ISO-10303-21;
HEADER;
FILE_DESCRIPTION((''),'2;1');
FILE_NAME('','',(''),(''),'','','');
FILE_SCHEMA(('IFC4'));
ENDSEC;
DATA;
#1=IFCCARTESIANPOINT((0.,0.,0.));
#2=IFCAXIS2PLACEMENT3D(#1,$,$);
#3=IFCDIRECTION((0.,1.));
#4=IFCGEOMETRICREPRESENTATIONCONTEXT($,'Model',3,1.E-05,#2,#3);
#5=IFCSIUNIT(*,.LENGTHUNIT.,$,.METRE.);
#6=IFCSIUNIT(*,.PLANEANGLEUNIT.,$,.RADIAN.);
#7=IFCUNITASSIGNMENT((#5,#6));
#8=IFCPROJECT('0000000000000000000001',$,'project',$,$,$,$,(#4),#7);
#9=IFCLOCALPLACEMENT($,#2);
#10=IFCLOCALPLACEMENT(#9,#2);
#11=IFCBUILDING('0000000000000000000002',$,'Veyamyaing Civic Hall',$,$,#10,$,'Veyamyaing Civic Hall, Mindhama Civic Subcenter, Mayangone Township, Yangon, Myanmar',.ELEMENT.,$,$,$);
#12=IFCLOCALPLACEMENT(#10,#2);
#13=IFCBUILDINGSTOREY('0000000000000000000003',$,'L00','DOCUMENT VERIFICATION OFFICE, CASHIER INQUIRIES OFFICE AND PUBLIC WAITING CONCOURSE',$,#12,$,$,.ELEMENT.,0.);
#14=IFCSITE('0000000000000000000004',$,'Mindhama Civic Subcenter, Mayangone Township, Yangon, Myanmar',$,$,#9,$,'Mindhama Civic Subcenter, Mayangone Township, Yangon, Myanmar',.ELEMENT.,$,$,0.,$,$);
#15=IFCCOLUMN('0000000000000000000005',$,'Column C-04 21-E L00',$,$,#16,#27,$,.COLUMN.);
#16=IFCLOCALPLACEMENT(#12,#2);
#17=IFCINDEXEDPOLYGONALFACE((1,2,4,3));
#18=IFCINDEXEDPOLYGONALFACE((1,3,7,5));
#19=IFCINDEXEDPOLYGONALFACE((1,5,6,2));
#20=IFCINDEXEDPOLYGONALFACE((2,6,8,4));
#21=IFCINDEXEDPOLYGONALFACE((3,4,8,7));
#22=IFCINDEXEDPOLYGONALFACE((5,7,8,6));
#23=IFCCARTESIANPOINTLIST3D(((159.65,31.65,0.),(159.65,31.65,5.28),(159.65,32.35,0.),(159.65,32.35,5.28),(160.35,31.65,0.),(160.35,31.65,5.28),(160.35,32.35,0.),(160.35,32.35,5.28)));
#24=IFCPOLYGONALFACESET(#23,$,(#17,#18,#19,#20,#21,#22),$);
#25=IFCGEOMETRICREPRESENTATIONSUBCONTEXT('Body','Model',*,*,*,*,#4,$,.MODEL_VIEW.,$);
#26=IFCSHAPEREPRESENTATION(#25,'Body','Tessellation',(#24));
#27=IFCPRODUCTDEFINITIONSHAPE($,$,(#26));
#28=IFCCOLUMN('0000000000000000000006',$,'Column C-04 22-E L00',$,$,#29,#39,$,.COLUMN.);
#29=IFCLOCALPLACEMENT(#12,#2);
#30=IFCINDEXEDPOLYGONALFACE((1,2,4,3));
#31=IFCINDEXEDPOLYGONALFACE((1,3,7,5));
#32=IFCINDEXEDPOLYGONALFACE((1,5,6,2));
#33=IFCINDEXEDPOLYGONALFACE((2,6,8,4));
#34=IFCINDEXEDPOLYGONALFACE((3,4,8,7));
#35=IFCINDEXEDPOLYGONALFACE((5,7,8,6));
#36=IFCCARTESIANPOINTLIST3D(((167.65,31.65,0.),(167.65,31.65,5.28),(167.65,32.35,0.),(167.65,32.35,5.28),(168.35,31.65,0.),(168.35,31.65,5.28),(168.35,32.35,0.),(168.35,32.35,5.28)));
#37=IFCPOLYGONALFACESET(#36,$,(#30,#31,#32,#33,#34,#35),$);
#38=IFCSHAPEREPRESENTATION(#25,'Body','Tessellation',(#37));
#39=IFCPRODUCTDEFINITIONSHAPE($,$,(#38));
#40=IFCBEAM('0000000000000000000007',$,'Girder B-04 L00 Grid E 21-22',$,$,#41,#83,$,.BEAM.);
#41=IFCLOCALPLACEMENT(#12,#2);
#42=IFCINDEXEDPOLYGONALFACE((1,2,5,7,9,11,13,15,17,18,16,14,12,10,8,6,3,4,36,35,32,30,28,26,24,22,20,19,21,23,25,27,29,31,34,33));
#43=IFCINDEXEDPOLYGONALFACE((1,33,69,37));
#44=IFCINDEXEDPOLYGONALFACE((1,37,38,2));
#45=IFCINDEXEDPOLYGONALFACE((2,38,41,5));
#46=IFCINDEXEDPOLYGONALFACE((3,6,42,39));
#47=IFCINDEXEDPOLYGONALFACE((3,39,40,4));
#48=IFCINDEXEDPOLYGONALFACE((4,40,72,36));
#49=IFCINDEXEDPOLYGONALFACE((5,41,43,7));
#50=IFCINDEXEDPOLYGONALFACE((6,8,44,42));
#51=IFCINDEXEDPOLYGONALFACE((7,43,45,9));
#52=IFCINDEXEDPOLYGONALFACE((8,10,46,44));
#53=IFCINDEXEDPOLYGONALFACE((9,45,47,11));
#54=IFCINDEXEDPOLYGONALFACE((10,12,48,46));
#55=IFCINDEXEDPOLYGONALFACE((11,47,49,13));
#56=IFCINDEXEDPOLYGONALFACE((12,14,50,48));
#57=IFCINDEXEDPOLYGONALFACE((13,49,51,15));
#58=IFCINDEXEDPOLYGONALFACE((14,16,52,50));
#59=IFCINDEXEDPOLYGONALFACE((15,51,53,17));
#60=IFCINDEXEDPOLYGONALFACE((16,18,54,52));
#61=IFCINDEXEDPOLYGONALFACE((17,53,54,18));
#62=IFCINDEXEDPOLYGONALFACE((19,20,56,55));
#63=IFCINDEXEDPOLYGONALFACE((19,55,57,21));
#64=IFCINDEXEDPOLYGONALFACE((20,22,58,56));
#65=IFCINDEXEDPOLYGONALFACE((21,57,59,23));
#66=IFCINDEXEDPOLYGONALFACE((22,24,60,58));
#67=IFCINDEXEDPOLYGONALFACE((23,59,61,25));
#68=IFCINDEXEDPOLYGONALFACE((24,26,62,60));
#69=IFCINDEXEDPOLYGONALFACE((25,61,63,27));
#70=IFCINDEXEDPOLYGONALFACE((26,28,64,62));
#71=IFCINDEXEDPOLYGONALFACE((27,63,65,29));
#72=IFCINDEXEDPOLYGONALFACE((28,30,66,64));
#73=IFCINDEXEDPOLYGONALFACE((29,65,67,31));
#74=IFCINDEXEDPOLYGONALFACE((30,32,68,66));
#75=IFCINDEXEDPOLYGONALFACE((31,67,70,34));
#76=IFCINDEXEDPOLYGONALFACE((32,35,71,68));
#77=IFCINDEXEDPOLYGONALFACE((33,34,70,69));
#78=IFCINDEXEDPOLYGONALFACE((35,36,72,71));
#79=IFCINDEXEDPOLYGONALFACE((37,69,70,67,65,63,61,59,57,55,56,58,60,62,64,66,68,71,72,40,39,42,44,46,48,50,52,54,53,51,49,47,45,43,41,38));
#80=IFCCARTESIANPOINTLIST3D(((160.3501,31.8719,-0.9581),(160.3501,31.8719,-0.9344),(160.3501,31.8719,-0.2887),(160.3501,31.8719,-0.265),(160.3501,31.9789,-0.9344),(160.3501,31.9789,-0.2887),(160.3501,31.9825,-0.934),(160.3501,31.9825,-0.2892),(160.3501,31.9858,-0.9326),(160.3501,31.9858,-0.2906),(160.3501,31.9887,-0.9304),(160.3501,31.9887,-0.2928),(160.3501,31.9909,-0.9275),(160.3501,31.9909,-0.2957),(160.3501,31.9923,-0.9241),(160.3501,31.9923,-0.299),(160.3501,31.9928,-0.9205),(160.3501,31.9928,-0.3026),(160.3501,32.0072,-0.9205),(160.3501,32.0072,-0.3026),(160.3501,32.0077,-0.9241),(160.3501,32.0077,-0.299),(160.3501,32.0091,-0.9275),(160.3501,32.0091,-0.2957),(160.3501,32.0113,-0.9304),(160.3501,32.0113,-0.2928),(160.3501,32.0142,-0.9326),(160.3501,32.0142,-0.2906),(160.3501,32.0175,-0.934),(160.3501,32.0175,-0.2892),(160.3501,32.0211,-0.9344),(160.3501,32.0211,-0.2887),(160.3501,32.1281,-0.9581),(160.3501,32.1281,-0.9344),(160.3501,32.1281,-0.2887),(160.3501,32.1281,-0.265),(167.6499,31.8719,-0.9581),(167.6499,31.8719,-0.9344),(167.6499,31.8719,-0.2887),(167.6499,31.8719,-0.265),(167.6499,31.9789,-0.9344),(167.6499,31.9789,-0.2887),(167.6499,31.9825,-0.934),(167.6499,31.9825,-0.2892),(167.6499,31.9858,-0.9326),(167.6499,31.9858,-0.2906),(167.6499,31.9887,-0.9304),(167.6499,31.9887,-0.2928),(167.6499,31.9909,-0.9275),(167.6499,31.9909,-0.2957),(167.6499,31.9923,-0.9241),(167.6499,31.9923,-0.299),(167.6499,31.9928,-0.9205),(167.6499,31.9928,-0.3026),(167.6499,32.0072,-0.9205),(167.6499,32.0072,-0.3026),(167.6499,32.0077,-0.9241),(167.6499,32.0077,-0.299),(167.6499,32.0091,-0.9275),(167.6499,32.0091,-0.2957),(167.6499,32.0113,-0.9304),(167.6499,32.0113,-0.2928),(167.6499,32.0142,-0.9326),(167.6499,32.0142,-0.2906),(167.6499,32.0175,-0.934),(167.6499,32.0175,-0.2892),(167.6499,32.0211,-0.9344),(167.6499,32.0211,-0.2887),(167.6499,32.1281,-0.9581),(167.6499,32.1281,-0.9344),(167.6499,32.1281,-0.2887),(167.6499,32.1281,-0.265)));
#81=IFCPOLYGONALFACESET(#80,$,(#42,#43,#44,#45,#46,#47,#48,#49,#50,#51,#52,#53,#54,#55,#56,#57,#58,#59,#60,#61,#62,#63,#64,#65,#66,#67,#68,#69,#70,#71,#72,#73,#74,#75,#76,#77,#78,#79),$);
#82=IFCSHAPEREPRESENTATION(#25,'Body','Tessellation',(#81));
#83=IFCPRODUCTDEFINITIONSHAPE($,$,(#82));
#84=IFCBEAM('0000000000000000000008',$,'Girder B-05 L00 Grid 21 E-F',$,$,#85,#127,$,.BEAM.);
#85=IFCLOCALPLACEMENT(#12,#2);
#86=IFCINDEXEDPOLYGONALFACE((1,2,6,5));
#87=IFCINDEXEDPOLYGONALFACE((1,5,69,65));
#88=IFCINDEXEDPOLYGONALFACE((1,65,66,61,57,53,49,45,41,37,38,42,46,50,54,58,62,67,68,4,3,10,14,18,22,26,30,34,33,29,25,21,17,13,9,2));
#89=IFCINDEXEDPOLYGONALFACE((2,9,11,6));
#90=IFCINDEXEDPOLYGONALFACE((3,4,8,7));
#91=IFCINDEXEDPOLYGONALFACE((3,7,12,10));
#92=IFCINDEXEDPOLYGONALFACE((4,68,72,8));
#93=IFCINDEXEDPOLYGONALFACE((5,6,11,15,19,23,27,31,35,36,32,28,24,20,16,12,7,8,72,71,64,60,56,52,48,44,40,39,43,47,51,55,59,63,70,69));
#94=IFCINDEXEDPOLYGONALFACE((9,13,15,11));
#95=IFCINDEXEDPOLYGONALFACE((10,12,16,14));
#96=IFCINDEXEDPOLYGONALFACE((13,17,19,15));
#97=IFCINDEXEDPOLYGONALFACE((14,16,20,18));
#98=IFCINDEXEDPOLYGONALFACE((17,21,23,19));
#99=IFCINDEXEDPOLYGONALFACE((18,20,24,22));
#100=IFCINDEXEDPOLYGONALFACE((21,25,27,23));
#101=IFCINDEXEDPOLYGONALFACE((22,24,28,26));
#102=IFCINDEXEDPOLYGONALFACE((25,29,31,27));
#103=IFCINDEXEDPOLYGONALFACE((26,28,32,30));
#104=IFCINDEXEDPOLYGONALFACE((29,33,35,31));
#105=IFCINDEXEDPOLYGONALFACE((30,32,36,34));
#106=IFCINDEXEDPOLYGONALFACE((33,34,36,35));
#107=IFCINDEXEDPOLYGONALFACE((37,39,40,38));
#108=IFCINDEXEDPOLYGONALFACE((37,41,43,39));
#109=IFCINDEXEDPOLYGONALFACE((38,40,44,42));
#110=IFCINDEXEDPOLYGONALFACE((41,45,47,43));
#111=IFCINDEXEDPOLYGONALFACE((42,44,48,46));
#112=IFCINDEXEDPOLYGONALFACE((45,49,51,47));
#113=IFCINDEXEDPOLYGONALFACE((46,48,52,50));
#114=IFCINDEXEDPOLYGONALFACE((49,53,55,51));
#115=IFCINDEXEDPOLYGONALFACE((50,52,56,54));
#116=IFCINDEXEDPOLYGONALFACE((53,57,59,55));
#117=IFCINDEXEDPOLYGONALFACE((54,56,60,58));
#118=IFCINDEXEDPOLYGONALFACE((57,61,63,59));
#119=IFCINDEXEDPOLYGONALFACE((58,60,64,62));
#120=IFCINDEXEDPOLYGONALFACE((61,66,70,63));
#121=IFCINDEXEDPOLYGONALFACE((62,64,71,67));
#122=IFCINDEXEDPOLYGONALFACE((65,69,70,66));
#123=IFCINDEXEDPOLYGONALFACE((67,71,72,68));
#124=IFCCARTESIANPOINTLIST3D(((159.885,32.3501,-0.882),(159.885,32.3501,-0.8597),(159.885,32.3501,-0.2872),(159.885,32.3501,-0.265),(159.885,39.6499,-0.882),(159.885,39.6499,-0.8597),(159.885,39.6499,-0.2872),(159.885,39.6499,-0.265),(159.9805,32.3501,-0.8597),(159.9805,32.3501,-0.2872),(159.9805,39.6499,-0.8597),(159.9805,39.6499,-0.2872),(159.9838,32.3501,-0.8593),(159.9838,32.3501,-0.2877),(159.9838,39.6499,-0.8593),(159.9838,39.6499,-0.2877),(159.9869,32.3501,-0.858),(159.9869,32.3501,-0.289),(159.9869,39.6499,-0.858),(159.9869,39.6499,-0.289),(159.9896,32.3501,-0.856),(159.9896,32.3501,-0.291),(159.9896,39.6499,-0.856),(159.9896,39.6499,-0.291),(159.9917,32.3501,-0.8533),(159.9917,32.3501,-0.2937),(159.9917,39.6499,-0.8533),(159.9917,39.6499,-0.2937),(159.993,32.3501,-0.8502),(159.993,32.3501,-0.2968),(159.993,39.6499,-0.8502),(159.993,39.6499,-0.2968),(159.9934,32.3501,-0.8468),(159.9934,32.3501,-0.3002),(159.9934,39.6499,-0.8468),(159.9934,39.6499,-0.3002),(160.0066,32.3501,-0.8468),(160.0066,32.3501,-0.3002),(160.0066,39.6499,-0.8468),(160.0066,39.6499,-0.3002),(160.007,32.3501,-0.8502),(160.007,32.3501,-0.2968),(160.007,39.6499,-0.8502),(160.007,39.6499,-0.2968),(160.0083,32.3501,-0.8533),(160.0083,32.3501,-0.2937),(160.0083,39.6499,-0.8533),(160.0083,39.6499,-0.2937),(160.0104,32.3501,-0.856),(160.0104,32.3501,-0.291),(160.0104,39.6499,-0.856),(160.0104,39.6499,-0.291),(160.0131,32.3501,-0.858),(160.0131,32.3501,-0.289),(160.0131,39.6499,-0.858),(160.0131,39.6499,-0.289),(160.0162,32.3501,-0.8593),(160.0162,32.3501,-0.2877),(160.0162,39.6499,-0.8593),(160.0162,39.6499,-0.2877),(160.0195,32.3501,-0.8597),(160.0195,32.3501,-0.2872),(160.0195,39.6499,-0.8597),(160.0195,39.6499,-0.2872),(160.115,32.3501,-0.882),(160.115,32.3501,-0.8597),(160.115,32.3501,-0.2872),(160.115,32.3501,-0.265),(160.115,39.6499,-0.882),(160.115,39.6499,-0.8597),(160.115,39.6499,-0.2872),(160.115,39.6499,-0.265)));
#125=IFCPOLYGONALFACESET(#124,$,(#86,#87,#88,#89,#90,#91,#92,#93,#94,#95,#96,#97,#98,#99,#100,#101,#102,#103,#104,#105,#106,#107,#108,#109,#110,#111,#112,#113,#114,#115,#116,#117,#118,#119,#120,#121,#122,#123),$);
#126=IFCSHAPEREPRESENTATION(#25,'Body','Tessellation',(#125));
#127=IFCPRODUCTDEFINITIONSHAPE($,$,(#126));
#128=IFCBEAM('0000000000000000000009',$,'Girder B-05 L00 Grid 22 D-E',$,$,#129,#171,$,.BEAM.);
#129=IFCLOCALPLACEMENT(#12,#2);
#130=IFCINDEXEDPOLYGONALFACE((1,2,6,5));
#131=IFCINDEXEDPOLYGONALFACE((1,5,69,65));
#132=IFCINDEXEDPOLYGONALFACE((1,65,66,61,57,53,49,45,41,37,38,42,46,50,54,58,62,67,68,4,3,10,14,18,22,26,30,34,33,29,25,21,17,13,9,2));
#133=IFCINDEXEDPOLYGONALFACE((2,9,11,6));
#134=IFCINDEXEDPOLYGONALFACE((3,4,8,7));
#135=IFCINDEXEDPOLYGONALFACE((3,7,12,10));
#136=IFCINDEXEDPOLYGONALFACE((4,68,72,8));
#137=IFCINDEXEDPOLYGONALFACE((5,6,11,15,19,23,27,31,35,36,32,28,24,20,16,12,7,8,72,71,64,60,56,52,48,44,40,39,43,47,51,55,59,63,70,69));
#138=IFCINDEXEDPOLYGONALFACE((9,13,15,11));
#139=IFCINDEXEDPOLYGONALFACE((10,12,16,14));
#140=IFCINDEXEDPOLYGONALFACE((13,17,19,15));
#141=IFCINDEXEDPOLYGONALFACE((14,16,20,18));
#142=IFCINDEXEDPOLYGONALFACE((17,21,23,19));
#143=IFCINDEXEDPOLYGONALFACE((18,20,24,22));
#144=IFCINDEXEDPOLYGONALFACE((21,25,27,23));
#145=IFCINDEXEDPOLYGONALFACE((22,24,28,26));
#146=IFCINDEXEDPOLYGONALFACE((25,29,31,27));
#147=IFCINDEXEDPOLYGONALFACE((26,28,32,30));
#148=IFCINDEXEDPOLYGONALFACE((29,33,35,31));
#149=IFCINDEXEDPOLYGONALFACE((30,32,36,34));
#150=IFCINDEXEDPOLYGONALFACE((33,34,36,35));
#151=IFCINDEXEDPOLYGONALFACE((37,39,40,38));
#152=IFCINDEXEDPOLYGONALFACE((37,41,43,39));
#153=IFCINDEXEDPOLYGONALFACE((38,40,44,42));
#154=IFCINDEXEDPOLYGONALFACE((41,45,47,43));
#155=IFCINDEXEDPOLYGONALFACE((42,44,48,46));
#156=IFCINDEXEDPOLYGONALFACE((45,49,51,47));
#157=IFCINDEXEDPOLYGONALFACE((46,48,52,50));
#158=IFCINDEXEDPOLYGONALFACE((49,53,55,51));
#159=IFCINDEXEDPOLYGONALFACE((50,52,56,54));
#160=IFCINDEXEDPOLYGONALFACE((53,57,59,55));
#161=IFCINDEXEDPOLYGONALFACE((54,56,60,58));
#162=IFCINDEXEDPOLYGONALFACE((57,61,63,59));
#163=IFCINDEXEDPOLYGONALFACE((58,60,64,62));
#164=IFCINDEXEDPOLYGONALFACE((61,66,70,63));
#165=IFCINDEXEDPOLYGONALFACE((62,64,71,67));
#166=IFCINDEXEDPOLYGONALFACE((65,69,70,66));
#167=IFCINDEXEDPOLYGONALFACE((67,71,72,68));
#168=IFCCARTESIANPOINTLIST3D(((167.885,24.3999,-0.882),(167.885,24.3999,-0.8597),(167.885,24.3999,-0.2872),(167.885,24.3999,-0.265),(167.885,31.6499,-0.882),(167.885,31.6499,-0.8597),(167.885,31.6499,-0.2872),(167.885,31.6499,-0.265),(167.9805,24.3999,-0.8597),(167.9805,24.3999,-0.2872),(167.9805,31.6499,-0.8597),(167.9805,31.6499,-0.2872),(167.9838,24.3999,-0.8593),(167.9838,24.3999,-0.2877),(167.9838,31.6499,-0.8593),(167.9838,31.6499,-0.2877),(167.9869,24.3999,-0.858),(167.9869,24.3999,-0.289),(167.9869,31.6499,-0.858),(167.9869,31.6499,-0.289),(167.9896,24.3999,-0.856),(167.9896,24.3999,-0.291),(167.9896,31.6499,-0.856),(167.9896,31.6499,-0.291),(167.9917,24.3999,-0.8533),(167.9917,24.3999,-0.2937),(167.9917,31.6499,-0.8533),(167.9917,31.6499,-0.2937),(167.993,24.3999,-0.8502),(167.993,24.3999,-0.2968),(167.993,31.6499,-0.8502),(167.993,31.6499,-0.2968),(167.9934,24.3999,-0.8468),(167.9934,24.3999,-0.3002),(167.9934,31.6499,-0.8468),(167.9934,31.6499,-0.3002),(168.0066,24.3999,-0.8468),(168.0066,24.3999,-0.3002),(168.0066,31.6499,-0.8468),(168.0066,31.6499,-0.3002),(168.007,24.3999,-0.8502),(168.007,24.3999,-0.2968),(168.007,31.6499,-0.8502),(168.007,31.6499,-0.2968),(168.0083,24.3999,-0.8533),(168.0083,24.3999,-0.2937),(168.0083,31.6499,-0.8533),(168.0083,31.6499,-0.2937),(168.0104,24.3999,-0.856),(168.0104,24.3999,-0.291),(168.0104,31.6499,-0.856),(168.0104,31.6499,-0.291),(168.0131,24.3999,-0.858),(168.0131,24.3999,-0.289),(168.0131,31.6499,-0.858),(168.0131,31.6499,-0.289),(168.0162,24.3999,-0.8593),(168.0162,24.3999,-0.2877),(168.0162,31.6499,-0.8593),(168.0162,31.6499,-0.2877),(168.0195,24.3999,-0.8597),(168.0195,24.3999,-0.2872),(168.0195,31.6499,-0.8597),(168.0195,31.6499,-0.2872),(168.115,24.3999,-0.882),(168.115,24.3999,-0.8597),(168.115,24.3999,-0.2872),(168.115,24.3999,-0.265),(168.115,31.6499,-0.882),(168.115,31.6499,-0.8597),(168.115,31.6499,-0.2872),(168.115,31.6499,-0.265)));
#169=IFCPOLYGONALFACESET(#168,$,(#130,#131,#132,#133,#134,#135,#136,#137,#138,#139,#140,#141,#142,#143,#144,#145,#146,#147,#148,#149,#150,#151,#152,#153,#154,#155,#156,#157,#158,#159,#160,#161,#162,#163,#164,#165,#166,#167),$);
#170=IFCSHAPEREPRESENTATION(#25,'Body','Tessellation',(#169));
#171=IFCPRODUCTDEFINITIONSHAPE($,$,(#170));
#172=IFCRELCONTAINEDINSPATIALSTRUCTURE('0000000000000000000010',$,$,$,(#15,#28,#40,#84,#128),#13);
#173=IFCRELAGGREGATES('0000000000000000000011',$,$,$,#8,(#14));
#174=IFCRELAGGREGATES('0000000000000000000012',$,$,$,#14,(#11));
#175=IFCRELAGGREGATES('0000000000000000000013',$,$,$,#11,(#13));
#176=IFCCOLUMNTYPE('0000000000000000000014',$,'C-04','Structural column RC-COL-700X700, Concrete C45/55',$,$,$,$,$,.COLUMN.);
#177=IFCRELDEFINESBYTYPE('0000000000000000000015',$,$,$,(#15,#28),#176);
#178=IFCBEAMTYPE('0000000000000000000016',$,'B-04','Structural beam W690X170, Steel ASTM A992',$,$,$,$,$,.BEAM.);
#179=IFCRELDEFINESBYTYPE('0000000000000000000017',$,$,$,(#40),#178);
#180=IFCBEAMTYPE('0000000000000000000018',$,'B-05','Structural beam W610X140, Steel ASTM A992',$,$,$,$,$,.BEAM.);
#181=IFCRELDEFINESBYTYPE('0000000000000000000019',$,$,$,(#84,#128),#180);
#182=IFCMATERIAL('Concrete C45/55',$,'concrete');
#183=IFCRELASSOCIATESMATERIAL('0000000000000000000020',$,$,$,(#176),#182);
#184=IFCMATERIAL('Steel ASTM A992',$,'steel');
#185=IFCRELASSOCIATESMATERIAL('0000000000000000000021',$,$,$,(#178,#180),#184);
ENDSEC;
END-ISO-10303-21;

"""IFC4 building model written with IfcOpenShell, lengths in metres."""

from ifc_helpers import new_model, si_unit, direction, frame, origin, origin_2d, place, context, subcontext, project, spatial, rectangle, i_section, extrude, material, material_profile, profile_set, type_object, element, save


model = new_model("IFC4")

# Units and contexts
model_context = context("Model", 3, precision=1e-05, world=origin(), true_north=direction((0.0, 1.0)))
body_context = subcontext(model_context, "Body", "Model", "MODEL_VIEW")
ifc_project = project(units=[si_unit("LENGTHUNIT", "METRE"), si_unit("PLANEANGLEUNIT", "RADIAN")], contexts=[model_context])

# Site, building, storey
site_placement = place(None, origin())
site = spatial("IfcSite", under=ifc_project, at=site_placement, Name="Mindhama Civic Subcenter, Mayangone Township, Yangon, Myanmar", LongName="Mindhama Civic Subcenter, Mayangone Township, Yangon, Myanmar", CompositionType="ELEMENT", RefElevation=0.0)
building_placement = place(site_placement, origin())
building = spatial("IfcBuilding", under=site, at=building_placement, Name="Veyamyaing Civic Hall", LongName="Veyamyaing Civic Hall, Mindhama Civic Subcenter, Mayangone Township, Yangon, Myanmar", CompositionType="ELEMENT")
storey_placement = place(building_placement, origin())
storey = spatial("IfcBuildingStorey", under=building, at=storey_placement, Name="L00", Description="DOCUMENT VERIFICATION OFFICE, CASHIER INQUIRIES OFFICE AND PUBLIC WAITING CONCOURSE", CompositionType="ELEMENT", Elevation=0.0)

# Columns
ifc_material_1 = material(Name="Concrete C45/55", Category="concrete")
ifc_material_profile_1 = material_profile(ifc_material_1, rectangle(XDim=0.7, YDim=0.7, at=origin_2d()), Name="RC-COL-700X700")
ifc_profile_set_1 = profile_set([ifc_material_profile_1], Name="Concrete C45/55")
column_type = type_object("IfcColumnType", Name="C-04", Description="Structural column RC-COL-700X700, Concrete C45/55", PredefinedType="COLUMN", material=ifc_profile_set_1)
for number, where, z_axis, x_axis, name in (
    (1, (160.0, 32.0, 0.0), (0.0, 0.0, 1.0), (1.0, 0.0, 0.0), "Column C-04 21-E L00"),
    (2, (168.0, 32.0, 0.0), (0.0, 0.0, 1.0), (1.0, 0.0, 0.0), "Column C-04 22-E L00"),
):
    element("IfcColumn", number, at=place(storey_placement, frame(where, z_axis=z_axis, x_axis=x_axis)), inside=storey, type_object=column_type, Name=name, PredefinedType="COLUMN", context=body_context, shape_type="SweptSolid", body=[
        extrude(rectangle(XDim=0.7, YDim=0.7, at=origin_2d()), origin(), (0.0, 0.0, 1.0), 5.28),
    ])

# Beams
ifc_material_2 = material(Name="Steel ASTM A992", Category="steel")
ifc_material_profile_2 = material_profile(ifc_material_2, i_section(OverallWidth=0.2561, OverallDepth=0.6931, WebThickness=0.0144, FlangeThickness=0.0237, FilletRadius=0.0139, at=origin_2d()), Name="W690X170")
ifc_profile_set_2 = profile_set([ifc_material_profile_2], Name="Steel ASTM A992")
beam_type_1 = type_object("IfcBeamType", Name="B-04", Description="Structural beam W690X170, Steel ASTM A992", PredefinedType="BEAM", material=ifc_profile_set_2)
beam_1_placement = place(storey_placement, frame((160.3501, 32.0, -0.6116), z_axis=(1.0, 0.0, 0.0), x_axis=(0.0, 1.0, 0.0)))
element("IfcBeam", 3, at=beam_1_placement, inside=storey, type_object=beam_type_1, Name="Girder B-04 L00 Grid E 21-22", PredefinedType="BEAM", context=body_context, shape_type="SweptSolid", body=[
    extrude(i_section(OverallWidth=0.2561, OverallDepth=0.6931, WebThickness=0.0144, FlangeThickness=0.0237, FilletRadius=0.0139, at=origin_2d()), origin(), (0.0, 0.0, 1.0), 7.2998),
])
ifc_material_profile_3 = material_profile(ifc_material_2, i_section(OverallWidth=0.23, OverallDepth=0.6169, WebThickness=0.0132, FlangeThickness=0.0222, FilletRadius=0.0129, at=origin_2d()), Name="W610X140")
ifc_profile_set_3 = profile_set([ifc_material_profile_3], Name="Steel ASTM A992")
beam_type_2 = type_object("IfcBeamType", Name="B-05", Description="Structural beam W610X140, Steel ASTM A992", PredefinedType="BEAM", material=ifc_profile_set_3)
beam_2_placement = place(storey_placement, frame((160.0, 32.3501, -0.5735), z_axis=(0.0, 1.0, 0.0), x_axis=(-1.0, 0.0, 0.0)))
element("IfcBeam", 4, at=beam_2_placement, inside=storey, type_object=beam_type_2, Name="Girder B-05 L00 Grid 21 E-F", PredefinedType="BEAM", context=body_context, shape_type="SweptSolid", body=[
    extrude(i_section(OverallWidth=0.23, OverallDepth=0.6169, WebThickness=0.0132, FlangeThickness=0.0222, FilletRadius=0.0129, at=origin_2d()), origin(), (0.0, 0.0, 1.0), 7.2998),
])
beam_3_placement = place(storey_placement, frame((168.0, 24.3999, -0.5735), z_axis=(0.0, 1.0, 0.0), x_axis=(-1.0, 0.0, 0.0)))
element("IfcBeam", 5, at=beam_3_placement, inside=storey, type_object=beam_type_2, Name="Girder B-05 L00 Grid 22 D-E", PredefinedType="BEAM", context=body_context, shape_type="SweptSolid", body=[
    extrude(i_section(OverallWidth=0.23, OverallDepth=0.6169, WebThickness=0.0132, FlangeThickness=0.0222, FilletRadius=0.0129, at=origin_2d()), origin(), (0.0, 0.0, 1.0), 7.25),
])

save(model, "model.ifc")
